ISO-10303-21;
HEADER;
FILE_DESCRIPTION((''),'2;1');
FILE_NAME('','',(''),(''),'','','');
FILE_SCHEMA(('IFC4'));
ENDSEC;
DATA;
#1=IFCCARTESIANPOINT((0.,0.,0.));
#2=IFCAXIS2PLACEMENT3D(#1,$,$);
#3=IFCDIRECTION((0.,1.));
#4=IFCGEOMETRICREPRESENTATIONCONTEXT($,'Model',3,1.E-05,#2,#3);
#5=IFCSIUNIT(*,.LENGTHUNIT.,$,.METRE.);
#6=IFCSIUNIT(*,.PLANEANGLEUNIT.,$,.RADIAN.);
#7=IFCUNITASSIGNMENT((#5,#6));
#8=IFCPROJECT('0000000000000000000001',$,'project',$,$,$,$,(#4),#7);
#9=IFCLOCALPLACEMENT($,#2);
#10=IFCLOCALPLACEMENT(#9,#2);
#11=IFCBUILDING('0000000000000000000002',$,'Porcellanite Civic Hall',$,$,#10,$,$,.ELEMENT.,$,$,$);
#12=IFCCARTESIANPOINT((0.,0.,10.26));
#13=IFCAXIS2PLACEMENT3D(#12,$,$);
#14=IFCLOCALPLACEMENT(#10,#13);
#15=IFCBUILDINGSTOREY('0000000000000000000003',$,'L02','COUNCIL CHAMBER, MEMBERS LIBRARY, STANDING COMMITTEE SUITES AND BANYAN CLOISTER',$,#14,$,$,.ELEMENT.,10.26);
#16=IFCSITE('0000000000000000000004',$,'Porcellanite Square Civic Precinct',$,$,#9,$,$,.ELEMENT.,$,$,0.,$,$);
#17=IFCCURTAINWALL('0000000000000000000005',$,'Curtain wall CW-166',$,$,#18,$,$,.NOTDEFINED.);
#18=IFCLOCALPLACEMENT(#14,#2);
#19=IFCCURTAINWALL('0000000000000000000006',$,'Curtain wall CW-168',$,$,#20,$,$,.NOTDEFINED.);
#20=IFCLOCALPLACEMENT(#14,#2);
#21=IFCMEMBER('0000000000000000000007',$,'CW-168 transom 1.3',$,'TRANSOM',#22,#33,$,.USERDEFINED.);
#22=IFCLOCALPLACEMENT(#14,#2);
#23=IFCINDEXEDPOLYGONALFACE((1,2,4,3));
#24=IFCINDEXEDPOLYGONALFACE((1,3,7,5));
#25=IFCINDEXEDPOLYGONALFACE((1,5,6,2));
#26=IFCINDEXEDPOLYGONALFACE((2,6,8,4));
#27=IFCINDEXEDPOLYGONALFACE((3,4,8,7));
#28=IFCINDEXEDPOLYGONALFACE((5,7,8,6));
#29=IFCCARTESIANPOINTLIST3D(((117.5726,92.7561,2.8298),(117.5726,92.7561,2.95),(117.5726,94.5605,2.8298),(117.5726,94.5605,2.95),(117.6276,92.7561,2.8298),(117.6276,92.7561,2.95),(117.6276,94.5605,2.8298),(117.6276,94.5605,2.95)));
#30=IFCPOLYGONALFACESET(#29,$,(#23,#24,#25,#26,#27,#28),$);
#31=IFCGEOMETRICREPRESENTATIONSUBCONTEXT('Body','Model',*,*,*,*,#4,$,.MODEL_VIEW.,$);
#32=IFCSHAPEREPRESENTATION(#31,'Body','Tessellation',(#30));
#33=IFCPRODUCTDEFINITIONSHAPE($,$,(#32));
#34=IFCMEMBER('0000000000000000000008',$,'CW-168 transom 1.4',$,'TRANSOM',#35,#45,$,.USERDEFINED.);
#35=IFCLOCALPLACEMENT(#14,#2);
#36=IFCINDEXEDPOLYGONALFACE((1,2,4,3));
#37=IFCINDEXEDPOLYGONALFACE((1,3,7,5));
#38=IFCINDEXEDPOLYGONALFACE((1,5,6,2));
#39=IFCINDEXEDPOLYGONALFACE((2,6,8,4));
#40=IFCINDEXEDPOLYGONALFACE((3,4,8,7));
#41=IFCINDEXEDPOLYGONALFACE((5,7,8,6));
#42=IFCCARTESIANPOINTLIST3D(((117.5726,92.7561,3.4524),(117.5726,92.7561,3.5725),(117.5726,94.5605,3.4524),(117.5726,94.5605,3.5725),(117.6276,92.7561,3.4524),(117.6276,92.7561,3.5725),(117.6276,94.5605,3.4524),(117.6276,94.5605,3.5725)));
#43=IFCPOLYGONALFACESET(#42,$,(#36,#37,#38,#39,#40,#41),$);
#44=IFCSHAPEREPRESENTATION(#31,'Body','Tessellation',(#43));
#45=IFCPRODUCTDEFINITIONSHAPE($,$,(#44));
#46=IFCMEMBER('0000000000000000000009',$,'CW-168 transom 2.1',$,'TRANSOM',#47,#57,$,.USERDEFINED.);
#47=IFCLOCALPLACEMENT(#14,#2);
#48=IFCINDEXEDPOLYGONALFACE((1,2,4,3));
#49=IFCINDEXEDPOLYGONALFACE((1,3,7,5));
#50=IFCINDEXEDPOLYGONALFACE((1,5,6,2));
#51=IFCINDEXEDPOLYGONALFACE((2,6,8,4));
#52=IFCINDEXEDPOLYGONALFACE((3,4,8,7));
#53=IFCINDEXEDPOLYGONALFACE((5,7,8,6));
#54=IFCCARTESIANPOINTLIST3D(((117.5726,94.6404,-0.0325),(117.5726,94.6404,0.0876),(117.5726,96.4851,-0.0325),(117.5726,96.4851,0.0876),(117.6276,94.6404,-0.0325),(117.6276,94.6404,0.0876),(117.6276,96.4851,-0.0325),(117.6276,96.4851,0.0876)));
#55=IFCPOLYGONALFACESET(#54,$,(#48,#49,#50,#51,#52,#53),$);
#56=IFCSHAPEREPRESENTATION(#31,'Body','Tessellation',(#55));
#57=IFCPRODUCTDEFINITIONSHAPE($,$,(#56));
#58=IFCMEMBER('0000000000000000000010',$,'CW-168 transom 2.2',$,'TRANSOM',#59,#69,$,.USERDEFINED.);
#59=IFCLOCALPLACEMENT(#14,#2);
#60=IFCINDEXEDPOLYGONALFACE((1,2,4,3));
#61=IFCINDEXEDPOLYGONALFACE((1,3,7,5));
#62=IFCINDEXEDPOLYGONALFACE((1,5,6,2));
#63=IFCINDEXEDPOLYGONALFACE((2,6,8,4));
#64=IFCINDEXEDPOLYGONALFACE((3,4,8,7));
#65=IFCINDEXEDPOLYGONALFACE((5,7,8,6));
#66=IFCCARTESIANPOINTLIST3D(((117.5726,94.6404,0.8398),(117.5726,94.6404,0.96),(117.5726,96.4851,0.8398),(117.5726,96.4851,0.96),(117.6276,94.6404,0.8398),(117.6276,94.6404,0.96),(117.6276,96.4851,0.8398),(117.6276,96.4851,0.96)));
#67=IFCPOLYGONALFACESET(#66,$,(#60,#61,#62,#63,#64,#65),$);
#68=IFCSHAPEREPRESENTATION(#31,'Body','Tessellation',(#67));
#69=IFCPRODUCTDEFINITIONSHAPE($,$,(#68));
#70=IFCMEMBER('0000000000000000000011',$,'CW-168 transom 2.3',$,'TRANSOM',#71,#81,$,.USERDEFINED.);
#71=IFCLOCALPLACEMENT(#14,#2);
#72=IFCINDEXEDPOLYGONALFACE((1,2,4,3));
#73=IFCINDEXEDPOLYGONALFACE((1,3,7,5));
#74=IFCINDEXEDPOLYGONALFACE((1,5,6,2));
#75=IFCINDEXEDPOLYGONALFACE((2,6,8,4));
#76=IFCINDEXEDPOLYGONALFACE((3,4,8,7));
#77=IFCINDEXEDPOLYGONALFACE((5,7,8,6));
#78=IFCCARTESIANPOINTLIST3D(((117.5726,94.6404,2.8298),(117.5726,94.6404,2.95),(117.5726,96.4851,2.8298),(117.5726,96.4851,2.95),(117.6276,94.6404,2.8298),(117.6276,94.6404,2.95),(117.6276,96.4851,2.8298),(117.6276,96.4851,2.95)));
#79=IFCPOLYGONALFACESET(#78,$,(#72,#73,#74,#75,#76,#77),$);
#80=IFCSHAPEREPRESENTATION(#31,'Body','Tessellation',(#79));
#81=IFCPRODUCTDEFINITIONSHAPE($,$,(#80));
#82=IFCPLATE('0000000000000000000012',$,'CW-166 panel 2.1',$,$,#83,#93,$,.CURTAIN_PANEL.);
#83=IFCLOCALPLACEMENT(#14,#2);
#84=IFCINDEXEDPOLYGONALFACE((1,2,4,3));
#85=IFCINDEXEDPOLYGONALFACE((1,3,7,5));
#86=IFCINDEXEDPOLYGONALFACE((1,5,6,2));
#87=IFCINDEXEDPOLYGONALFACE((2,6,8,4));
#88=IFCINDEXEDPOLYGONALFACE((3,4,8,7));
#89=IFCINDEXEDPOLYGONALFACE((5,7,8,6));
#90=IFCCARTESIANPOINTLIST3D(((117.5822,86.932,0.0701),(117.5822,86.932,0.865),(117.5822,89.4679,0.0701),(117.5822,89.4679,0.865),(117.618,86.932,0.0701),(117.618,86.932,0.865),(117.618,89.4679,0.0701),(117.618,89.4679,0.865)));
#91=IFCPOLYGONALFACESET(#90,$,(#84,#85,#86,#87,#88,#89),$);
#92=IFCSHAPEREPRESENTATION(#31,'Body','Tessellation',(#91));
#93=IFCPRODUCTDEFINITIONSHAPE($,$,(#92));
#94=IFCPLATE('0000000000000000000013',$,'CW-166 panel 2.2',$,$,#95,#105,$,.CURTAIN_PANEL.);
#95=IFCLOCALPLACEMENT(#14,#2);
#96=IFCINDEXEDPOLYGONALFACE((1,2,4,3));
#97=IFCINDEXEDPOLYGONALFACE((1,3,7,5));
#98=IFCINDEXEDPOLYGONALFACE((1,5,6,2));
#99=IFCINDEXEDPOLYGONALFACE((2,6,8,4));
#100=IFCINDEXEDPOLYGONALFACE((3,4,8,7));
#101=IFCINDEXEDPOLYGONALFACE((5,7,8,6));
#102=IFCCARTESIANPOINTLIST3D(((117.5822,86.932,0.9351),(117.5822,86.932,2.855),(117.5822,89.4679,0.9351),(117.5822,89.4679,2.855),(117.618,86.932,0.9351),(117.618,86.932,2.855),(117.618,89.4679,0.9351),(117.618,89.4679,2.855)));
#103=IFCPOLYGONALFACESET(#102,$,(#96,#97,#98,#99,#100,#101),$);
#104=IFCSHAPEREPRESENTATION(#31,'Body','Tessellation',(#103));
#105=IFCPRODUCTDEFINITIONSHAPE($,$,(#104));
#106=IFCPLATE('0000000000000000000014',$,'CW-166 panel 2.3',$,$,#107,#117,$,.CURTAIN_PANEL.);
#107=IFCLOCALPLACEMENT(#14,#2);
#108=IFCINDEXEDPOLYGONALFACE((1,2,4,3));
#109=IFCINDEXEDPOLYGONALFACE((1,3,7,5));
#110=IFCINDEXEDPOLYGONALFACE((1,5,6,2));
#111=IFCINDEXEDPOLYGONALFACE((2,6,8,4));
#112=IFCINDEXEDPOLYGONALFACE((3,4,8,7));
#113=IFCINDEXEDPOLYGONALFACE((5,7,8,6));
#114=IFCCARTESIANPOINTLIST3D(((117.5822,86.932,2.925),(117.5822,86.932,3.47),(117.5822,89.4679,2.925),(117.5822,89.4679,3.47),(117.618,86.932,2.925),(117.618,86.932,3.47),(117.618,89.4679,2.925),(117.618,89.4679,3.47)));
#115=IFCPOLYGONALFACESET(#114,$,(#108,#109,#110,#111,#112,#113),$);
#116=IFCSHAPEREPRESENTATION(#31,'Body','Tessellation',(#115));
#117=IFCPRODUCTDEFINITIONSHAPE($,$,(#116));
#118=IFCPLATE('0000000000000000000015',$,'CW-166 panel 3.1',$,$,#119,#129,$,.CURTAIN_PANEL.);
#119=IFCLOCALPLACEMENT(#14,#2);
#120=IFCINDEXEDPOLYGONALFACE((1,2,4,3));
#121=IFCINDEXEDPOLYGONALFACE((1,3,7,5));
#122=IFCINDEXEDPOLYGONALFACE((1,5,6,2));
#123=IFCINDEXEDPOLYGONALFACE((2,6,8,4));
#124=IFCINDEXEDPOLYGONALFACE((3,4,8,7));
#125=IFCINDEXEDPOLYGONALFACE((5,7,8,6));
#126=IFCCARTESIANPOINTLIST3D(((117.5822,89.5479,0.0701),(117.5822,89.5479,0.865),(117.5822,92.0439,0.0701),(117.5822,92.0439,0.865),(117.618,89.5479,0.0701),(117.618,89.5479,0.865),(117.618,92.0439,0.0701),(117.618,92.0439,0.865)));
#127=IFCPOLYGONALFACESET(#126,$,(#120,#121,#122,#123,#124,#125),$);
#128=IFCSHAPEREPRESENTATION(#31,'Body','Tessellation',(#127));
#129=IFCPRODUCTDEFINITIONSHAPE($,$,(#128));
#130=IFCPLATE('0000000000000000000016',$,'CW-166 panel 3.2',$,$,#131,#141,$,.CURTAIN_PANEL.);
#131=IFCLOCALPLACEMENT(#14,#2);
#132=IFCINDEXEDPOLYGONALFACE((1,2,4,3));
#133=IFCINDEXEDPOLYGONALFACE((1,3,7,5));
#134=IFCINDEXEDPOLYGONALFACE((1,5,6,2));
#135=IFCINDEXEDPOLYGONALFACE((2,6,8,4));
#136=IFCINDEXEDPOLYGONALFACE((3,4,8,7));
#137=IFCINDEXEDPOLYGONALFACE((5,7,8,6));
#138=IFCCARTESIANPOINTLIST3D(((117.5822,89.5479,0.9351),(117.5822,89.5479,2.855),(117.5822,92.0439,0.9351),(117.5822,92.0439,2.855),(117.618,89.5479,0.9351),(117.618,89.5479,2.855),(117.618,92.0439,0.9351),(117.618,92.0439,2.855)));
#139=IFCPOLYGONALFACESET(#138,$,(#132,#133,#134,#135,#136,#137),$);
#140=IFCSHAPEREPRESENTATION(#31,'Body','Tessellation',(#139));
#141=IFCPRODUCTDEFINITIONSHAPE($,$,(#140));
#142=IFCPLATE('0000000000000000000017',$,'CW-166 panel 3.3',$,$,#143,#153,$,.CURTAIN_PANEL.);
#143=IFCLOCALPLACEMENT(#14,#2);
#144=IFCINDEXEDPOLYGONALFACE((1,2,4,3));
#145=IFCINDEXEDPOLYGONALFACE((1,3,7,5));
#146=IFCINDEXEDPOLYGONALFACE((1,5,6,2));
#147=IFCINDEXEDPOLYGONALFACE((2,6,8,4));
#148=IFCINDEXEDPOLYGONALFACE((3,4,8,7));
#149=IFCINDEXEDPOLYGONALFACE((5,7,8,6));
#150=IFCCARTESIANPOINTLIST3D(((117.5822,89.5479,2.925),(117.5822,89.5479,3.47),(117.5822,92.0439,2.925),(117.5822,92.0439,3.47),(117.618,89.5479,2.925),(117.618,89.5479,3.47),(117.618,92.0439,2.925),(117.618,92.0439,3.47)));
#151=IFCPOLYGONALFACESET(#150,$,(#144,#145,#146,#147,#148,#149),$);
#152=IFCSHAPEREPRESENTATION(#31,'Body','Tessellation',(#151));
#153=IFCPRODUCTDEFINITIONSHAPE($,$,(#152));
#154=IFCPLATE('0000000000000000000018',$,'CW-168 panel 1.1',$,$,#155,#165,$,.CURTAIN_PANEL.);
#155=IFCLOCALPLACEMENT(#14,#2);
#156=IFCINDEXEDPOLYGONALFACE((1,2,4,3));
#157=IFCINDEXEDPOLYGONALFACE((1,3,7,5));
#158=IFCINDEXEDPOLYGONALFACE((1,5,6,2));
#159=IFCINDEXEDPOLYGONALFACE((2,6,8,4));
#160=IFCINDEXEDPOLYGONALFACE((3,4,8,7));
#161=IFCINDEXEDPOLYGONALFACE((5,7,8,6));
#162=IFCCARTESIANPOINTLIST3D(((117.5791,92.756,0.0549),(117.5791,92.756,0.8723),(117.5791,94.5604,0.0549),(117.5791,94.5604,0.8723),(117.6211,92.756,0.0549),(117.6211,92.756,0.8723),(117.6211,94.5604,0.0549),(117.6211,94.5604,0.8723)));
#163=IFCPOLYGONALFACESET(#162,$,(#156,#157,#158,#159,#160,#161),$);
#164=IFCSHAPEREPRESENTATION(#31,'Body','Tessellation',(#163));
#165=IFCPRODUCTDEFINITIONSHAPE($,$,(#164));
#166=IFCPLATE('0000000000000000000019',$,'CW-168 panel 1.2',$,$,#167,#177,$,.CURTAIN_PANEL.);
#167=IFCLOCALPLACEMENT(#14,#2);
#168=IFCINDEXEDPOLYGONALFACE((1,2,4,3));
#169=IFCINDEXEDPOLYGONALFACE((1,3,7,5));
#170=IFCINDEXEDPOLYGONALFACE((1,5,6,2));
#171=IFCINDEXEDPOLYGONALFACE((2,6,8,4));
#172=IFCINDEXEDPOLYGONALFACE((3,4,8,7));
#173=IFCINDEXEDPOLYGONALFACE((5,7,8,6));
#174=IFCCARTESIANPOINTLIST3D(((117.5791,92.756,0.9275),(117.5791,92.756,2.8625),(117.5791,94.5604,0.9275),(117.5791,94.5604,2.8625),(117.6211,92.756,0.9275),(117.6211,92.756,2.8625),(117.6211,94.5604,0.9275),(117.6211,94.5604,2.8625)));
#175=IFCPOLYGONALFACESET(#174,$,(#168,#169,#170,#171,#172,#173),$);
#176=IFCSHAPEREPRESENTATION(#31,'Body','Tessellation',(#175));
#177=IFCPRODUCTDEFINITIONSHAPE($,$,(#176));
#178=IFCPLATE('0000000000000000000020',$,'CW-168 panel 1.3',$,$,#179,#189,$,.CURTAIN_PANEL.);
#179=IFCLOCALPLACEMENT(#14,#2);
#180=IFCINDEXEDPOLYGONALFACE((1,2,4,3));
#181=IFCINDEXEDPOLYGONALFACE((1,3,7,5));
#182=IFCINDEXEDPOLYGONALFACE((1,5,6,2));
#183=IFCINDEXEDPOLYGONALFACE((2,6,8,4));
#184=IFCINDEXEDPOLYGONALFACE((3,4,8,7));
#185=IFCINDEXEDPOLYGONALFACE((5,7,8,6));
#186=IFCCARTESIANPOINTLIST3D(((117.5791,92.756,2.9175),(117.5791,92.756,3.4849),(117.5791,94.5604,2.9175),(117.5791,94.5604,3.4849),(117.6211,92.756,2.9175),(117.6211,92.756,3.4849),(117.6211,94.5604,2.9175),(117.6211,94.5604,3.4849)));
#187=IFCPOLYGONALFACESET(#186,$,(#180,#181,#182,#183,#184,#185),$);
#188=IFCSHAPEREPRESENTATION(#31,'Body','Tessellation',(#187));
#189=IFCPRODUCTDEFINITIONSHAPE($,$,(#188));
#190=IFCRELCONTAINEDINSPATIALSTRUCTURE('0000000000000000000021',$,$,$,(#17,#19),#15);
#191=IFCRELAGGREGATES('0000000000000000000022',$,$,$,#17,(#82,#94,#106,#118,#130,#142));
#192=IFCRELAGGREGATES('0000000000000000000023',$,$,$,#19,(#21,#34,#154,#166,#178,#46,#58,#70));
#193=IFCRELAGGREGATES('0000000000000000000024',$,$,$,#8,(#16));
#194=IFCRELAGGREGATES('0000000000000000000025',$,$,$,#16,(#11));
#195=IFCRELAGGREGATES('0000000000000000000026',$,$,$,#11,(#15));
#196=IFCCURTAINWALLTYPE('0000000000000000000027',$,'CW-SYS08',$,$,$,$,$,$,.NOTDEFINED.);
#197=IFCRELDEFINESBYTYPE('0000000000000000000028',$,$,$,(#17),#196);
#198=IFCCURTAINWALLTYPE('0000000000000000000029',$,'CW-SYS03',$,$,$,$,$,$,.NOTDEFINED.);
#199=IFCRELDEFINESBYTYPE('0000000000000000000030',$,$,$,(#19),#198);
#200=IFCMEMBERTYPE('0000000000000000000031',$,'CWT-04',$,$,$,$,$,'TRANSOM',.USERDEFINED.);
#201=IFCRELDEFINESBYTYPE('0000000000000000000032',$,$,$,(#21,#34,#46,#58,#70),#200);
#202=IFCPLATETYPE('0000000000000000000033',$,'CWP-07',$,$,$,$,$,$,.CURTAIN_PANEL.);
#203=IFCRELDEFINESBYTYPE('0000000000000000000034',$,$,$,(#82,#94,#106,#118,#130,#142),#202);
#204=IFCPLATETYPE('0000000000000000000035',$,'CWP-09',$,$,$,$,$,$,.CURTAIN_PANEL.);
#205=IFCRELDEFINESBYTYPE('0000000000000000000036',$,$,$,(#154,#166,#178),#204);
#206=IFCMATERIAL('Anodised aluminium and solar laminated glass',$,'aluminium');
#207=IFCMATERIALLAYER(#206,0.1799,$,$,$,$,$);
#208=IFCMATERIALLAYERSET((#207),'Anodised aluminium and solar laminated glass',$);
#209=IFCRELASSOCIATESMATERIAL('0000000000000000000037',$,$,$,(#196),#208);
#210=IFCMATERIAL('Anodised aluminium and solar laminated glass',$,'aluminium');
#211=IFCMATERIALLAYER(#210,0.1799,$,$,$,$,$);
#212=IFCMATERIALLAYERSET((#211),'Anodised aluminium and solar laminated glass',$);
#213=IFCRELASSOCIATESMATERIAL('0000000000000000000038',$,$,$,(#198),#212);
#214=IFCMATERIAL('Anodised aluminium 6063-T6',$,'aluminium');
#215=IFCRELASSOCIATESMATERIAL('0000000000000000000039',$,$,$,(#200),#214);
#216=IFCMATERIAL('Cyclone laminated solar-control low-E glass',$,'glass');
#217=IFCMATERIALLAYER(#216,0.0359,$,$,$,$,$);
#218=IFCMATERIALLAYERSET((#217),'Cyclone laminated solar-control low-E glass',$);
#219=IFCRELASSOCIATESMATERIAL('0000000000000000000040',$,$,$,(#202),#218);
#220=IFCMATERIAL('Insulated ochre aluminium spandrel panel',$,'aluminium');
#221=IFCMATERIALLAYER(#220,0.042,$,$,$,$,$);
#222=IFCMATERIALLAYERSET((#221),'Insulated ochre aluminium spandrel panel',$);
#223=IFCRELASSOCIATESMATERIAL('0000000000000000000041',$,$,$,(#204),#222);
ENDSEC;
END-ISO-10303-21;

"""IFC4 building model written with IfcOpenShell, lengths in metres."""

from ifc_helpers import new_model, si_unit, direction, frame, origin, origin_2d, place, context, subcontext, project, spatial, rectangle, extrude, material, layer, layer_set, material_profile, profile_set, type_object, element, aggregate, save


model = new_model("IFC4")

# Units and contexts
model_context = context("Model", 3, precision=1e-05, world=origin(), true_north=direction((0.0, 1.0)))
body_context = subcontext(model_context, "Body", "Model", "MODEL_VIEW")
ifc_project = project(units=[si_unit("LENGTHUNIT", "METRE"), si_unit("PLANEANGLEUNIT", "RADIAN")], contexts=[model_context])

# Site, building, storey
site_placement = place(None, origin())
site = spatial("IfcSite", under=ifc_project, at=site_placement, Name="Porcellanite Square Civic Precinct", CompositionType="ELEMENT", RefElevation=0.0)
building_placement = place(site_placement, origin())
building = spatial("IfcBuilding", under=site, at=building_placement, Name="Porcellanite Civic Hall", CompositionType="ELEMENT")
storey_placement = place(building_placement, frame((0.0, 0.0, 10.26)))
storey = spatial("IfcBuildingStorey", under=building, at=storey_placement, Name="L02", Description="COUNCIL CHAMBER, MEMBERS LIBRARY, STANDING COMMITTEE SUITES AND BANYAN CLOISTER", CompositionType="ELEMENT", Elevation=10.26)

# Curtain walls
ifc_material_1 = material(Name="Anodised aluminium and solar laminated glass", Category="aluminium")
ifc_layer_1 = layer(ifc_material_1, 0.1799)
ifc_layer_set_1 = layer_set([ifc_layer_1], Name="Anodised aluminium and solar laminated glass")
curtain_wall_type_1 = type_object("IfcCurtainWallType", Name="CW-SYS08", PredefinedType="NOTDEFINED", material=ifc_layer_set_1)
curtain_wall_1_placement = place(storey_placement, origin())
curtain_wall_1 = element("IfcCurtainWall", 1, at=curtain_wall_1_placement, inside=storey, type_object=curtain_wall_type_1, Name="Curtain wall CW-166", PredefinedType="NOTDEFINED")
ifc_material_2 = material(Name="Anodised aluminium and solar laminated glass", Category="aluminium")
ifc_layer_2 = layer(ifc_material_2, 0.1799)
ifc_layer_set_2 = layer_set([ifc_layer_2], Name="Anodised aluminium and solar laminated glass")
curtain_wall_type_2 = type_object("IfcCurtainWallType", Name="CW-SYS03", PredefinedType="NOTDEFINED", material=ifc_layer_set_2)
curtain_wall_2_placement = place(storey_placement, origin())
curtain_wall_2 = element("IfcCurtainWall", 2, at=curtain_wall_2_placement, inside=storey, type_object=curtain_wall_type_2, Name="Curtain wall CW-168", PredefinedType="NOTDEFINED")

# Members
ifc_material_3 = material(Name="Anodised aluminium 6063-T6", Category="aluminium")
ifc_material_profile_1 = material_profile(ifc_material_3, rectangle(XDim=0.0549, YDim=0.1201, at=origin_2d()), Name="AL-55x120")
ifc_profile_set_1 = profile_set([ifc_material_profile_1], Name="Anodised aluminium 6063-T6")
member_type_1 = type_object("IfcMemberType", Name="CWT-04", ElementType="TRANSOM", PredefinedType="USERDEFINED", material=ifc_profile_set_1)
member_1_placement = place(storey_placement, frame((117.6001, 92.7561, 2.8899), z_axis=(0.0, 1.0, 0.0), x_axis=(-1.0, 0.0, 0.0)))
member_1 = element("IfcMember", 3, at=member_1_placement, type_object=member_type_1, Name="CW-168 transom 1.3", ObjectType="TRANSOM", PredefinedType="USERDEFINED", context=body_context, shape_type="SweptSolid", body=[
    extrude(rectangle(XDim=0.0549, YDim=0.1201, at=origin_2d()), origin(), (0.0, 0.0, 1.0), 1.8044),
])
member_2_placement = place(storey_placement, frame((117.6001, 92.7561, 3.5125), z_axis=(0.0, 1.0, 0.0), x_axis=(-1.0, 0.0, 0.0)))
member_2 = element("IfcMember", 4, at=member_2_placement, type_object=member_type_1, Name="CW-168 transom 1.4", ObjectType="TRANSOM", PredefinedType="USERDEFINED", context=body_context, shape_type="SweptSolid", body=[
    extrude(rectangle(XDim=0.0549, YDim=0.1201, at=origin_2d()), origin(), (0.0, 0.0, 1.0), 1.8044),
])
member_3_placement = place(storey_placement, frame((117.6001, 94.6404, 0.0276), z_axis=(0.0, 1.0, 0.0), x_axis=(-1.0, 0.0, 0.0)))
member_3 = element("IfcMember", 5, at=member_3_placement, type_object=member_type_1, Name="CW-168 transom 2.1", ObjectType="TRANSOM", PredefinedType="USERDEFINED", context=body_context, shape_type="SweptSolid", body=[
    extrude(rectangle(XDim=0.0549, YDim=0.1201, at=origin_2d()), origin(), (0.0, 0.0, 1.0), 1.8447),
])
member_4_placement = place(storey_placement, frame((117.6001, 94.6404, 0.8999), z_axis=(0.0, 1.0, 0.0), x_axis=(-1.0, 0.0, 0.0)))
member_4 = element("IfcMember", 6, at=member_4_placement, type_object=member_type_1, Name="CW-168 transom 2.2", ObjectType="TRANSOM", PredefinedType="USERDEFINED", context=body_context, shape_type="SweptSolid", body=[
    extrude(rectangle(XDim=0.0549, YDim=0.1201, at=origin_2d()), origin(), (0.0, 0.0, 1.0), 1.8447),
])
member_5_placement = place(storey_placement, frame((117.6001, 94.6404, 2.8899), z_axis=(0.0, 1.0, 0.0), x_axis=(-1.0, 0.0, 0.0)))
member_5 = element("IfcMember", 7, at=member_5_placement, type_object=member_type_1, Name="CW-168 transom 2.3", ObjectType="TRANSOM", PredefinedType="USERDEFINED", context=body_context, shape_type="SweptSolid", body=[
    extrude(rectangle(XDim=0.0549, YDim=0.1201, at=origin_2d()), origin(), (0.0, 0.0, 1.0), 1.8447),
])

# Plates
ifc_material_4 = material(Name="Cyclone laminated solar-control low-E glass", Category="glass")
ifc_layer_3 = layer(ifc_material_4, 0.0359)
ifc_layer_set_3 = layer_set([ifc_layer_3], Name="Cyclone laminated solar-control low-E glass")
plate_type_1 = type_object("IfcPlateType", Name="CWP-07", PredefinedType="CURTAIN_PANEL", material=ifc_layer_set_3)
plate_1_placement = place(storey_placement, frame((117.6001, 88.2, 0.0701), z_axis=(0.0, 0.0, 1.0), x_axis=(0.0, 1.0, 0.0)))
plate_1 = element("IfcPlate", 8, at=plate_1_placement, type_object=plate_type_1, Name="CW-166 panel 2.1", PredefinedType="CURTAIN_PANEL", context=body_context, shape_type="SweptSolid", body=[
    extrude(rectangle(XDim=2.5359, YDim=0.0359, at=origin_2d()), origin(), (0.0, 0.0, 1.0), 0.7949),
])
plate_2_placement = place(storey_placement, frame((117.6001, 88.2, 0.9351), z_axis=(0.0, 0.0, 1.0), x_axis=(0.0, 1.0, 0.0)))
plate_2 = element("IfcPlate", 9, at=plate_2_placement, type_object=plate_type_1, Name="CW-166 panel 2.2", PredefinedType="CURTAIN_PANEL", context=body_context, shape_type="SweptSolid", body=[
    extrude(rectangle(XDim=2.5359, YDim=0.0359, at=origin_2d()), origin(), (0.0, 0.0, 1.0), 1.9199),
])
plate_3_placement = place(storey_placement, frame((117.6001, 88.2, 2.925), z_axis=(0.0, 0.0, 1.0), x_axis=(0.0, 1.0, 0.0)))
plate_3 = element("IfcPlate", 10, at=plate_3_placement, type_object=plate_type_1, Name="CW-166 panel 2.3", PredefinedType="CURTAIN_PANEL", context=body_context, shape_type="SweptSolid", body=[
    extrude(rectangle(XDim=2.5359, YDim=0.0359, at=origin_2d()), origin(), (0.0, 0.0, 1.0), 0.5449),
])
plate_4_placement = place(storey_placement, frame((117.6001, 90.7959, 0.0701), z_axis=(0.0, 0.0, 1.0), x_axis=(0.0, 1.0, 0.0)))
plate_4 = element("IfcPlate", 11, at=plate_4_placement, type_object=plate_type_1, Name="CW-166 panel 3.1", PredefinedType="CURTAIN_PANEL", context=body_context, shape_type="SweptSolid", body=[
    extrude(rectangle(XDim=2.4961, YDim=0.0359, at=origin_2d()), origin(), (0.0, 0.0, 1.0), 0.7949),
])
plate_5_placement = place(storey_placement, frame((117.6001, 90.7959, 0.9351), z_axis=(0.0, 0.0, 1.0), x_axis=(0.0, 1.0, 0.0)))
plate_5 = element("IfcPlate", 12, at=plate_5_placement, type_object=plate_type_1, Name="CW-166 panel 3.2", PredefinedType="CURTAIN_PANEL", context=body_context, shape_type="SweptSolid", body=[
    extrude(rectangle(XDim=2.4961, YDim=0.0359, at=origin_2d()), origin(), (0.0, 0.0, 1.0), 1.9199),
])
plate_6_placement = place(storey_placement, frame((117.6001, 90.7959, 2.925), z_axis=(0.0, 0.0, 1.0), x_axis=(0.0, 1.0, 0.0)))
plate_6 = element("IfcPlate", 13, at=plate_6_placement, type_object=plate_type_1, Name="CW-166 panel 3.3", PredefinedType="CURTAIN_PANEL", context=body_context, shape_type="SweptSolid", body=[
    extrude(rectangle(XDim=2.4961, YDim=0.0359, at=origin_2d()), origin(), (0.0, 0.0, 1.0), 0.5449),
])
aggregate(curtain_wall_1, [plate_1, plate_2, plate_3, plate_4, plate_5, plate_6])
ifc_material_5 = material(Name="Insulated ochre aluminium spandrel panel", Category="aluminium")
ifc_layer_4 = layer(ifc_material_5, 0.042)
ifc_layer_set_4 = layer_set([ifc_layer_4], Name="Insulated ochre aluminium spandrel panel")
plate_type_2 = type_object("IfcPlateType", Name="CWP-09", PredefinedType="CURTAIN_PANEL", material=ifc_layer_set_4)
plate_7_placement = place(storey_placement, frame((117.6001, 93.6582, 0.0549), z_axis=(0.0, 0.0, 1.0), x_axis=(0.0, 1.0, 0.0)))
plate_7 = element("IfcPlate", 14, at=plate_7_placement, type_object=plate_type_2, Name="CW-168 panel 1.1", PredefinedType="CURTAIN_PANEL", context=body_context, shape_type="SweptSolid", body=[
    extrude(rectangle(XDim=1.8044, YDim=0.042, at=origin_2d()), origin(), (0.0, 0.0, 1.0), 0.8174),
])
plate_8_placement = place(storey_placement, frame((117.6001, 93.6582, 0.9275), z_axis=(0.0, 0.0, 1.0), x_axis=(0.0, 1.0, 0.0)))
plate_8 = element("IfcPlate", 15, at=plate_8_placement, type_object=plate_type_2, Name="CW-168 panel 1.2", PredefinedType="CURTAIN_PANEL", context=body_context, shape_type="SweptSolid", body=[
    extrude(rectangle(XDim=1.8044, YDim=0.042, at=origin_2d()), origin(), (0.0, 0.0, 1.0), 1.9351),
])
plate_9_placement = place(storey_placement, frame((117.6001, 93.6582, 2.9175), z_axis=(0.0, 0.0, 1.0), x_axis=(0.0, 1.0, 0.0)))
plate_9 = element("IfcPlate", 16, at=plate_9_placement, type_object=plate_type_2, Name="CW-168 panel 1.3", PredefinedType="CURTAIN_PANEL", context=body_context, shape_type="SweptSolid", body=[
    extrude(rectangle(XDim=1.8044, YDim=0.042, at=origin_2d()), origin(), (0.0, 0.0, 1.0), 0.5674),
])
aggregate(curtain_wall_2, [member_1, member_2, plate_7, plate_8, plate_9, member_3, member_4, member_5])

save(model, "model.ifc")
